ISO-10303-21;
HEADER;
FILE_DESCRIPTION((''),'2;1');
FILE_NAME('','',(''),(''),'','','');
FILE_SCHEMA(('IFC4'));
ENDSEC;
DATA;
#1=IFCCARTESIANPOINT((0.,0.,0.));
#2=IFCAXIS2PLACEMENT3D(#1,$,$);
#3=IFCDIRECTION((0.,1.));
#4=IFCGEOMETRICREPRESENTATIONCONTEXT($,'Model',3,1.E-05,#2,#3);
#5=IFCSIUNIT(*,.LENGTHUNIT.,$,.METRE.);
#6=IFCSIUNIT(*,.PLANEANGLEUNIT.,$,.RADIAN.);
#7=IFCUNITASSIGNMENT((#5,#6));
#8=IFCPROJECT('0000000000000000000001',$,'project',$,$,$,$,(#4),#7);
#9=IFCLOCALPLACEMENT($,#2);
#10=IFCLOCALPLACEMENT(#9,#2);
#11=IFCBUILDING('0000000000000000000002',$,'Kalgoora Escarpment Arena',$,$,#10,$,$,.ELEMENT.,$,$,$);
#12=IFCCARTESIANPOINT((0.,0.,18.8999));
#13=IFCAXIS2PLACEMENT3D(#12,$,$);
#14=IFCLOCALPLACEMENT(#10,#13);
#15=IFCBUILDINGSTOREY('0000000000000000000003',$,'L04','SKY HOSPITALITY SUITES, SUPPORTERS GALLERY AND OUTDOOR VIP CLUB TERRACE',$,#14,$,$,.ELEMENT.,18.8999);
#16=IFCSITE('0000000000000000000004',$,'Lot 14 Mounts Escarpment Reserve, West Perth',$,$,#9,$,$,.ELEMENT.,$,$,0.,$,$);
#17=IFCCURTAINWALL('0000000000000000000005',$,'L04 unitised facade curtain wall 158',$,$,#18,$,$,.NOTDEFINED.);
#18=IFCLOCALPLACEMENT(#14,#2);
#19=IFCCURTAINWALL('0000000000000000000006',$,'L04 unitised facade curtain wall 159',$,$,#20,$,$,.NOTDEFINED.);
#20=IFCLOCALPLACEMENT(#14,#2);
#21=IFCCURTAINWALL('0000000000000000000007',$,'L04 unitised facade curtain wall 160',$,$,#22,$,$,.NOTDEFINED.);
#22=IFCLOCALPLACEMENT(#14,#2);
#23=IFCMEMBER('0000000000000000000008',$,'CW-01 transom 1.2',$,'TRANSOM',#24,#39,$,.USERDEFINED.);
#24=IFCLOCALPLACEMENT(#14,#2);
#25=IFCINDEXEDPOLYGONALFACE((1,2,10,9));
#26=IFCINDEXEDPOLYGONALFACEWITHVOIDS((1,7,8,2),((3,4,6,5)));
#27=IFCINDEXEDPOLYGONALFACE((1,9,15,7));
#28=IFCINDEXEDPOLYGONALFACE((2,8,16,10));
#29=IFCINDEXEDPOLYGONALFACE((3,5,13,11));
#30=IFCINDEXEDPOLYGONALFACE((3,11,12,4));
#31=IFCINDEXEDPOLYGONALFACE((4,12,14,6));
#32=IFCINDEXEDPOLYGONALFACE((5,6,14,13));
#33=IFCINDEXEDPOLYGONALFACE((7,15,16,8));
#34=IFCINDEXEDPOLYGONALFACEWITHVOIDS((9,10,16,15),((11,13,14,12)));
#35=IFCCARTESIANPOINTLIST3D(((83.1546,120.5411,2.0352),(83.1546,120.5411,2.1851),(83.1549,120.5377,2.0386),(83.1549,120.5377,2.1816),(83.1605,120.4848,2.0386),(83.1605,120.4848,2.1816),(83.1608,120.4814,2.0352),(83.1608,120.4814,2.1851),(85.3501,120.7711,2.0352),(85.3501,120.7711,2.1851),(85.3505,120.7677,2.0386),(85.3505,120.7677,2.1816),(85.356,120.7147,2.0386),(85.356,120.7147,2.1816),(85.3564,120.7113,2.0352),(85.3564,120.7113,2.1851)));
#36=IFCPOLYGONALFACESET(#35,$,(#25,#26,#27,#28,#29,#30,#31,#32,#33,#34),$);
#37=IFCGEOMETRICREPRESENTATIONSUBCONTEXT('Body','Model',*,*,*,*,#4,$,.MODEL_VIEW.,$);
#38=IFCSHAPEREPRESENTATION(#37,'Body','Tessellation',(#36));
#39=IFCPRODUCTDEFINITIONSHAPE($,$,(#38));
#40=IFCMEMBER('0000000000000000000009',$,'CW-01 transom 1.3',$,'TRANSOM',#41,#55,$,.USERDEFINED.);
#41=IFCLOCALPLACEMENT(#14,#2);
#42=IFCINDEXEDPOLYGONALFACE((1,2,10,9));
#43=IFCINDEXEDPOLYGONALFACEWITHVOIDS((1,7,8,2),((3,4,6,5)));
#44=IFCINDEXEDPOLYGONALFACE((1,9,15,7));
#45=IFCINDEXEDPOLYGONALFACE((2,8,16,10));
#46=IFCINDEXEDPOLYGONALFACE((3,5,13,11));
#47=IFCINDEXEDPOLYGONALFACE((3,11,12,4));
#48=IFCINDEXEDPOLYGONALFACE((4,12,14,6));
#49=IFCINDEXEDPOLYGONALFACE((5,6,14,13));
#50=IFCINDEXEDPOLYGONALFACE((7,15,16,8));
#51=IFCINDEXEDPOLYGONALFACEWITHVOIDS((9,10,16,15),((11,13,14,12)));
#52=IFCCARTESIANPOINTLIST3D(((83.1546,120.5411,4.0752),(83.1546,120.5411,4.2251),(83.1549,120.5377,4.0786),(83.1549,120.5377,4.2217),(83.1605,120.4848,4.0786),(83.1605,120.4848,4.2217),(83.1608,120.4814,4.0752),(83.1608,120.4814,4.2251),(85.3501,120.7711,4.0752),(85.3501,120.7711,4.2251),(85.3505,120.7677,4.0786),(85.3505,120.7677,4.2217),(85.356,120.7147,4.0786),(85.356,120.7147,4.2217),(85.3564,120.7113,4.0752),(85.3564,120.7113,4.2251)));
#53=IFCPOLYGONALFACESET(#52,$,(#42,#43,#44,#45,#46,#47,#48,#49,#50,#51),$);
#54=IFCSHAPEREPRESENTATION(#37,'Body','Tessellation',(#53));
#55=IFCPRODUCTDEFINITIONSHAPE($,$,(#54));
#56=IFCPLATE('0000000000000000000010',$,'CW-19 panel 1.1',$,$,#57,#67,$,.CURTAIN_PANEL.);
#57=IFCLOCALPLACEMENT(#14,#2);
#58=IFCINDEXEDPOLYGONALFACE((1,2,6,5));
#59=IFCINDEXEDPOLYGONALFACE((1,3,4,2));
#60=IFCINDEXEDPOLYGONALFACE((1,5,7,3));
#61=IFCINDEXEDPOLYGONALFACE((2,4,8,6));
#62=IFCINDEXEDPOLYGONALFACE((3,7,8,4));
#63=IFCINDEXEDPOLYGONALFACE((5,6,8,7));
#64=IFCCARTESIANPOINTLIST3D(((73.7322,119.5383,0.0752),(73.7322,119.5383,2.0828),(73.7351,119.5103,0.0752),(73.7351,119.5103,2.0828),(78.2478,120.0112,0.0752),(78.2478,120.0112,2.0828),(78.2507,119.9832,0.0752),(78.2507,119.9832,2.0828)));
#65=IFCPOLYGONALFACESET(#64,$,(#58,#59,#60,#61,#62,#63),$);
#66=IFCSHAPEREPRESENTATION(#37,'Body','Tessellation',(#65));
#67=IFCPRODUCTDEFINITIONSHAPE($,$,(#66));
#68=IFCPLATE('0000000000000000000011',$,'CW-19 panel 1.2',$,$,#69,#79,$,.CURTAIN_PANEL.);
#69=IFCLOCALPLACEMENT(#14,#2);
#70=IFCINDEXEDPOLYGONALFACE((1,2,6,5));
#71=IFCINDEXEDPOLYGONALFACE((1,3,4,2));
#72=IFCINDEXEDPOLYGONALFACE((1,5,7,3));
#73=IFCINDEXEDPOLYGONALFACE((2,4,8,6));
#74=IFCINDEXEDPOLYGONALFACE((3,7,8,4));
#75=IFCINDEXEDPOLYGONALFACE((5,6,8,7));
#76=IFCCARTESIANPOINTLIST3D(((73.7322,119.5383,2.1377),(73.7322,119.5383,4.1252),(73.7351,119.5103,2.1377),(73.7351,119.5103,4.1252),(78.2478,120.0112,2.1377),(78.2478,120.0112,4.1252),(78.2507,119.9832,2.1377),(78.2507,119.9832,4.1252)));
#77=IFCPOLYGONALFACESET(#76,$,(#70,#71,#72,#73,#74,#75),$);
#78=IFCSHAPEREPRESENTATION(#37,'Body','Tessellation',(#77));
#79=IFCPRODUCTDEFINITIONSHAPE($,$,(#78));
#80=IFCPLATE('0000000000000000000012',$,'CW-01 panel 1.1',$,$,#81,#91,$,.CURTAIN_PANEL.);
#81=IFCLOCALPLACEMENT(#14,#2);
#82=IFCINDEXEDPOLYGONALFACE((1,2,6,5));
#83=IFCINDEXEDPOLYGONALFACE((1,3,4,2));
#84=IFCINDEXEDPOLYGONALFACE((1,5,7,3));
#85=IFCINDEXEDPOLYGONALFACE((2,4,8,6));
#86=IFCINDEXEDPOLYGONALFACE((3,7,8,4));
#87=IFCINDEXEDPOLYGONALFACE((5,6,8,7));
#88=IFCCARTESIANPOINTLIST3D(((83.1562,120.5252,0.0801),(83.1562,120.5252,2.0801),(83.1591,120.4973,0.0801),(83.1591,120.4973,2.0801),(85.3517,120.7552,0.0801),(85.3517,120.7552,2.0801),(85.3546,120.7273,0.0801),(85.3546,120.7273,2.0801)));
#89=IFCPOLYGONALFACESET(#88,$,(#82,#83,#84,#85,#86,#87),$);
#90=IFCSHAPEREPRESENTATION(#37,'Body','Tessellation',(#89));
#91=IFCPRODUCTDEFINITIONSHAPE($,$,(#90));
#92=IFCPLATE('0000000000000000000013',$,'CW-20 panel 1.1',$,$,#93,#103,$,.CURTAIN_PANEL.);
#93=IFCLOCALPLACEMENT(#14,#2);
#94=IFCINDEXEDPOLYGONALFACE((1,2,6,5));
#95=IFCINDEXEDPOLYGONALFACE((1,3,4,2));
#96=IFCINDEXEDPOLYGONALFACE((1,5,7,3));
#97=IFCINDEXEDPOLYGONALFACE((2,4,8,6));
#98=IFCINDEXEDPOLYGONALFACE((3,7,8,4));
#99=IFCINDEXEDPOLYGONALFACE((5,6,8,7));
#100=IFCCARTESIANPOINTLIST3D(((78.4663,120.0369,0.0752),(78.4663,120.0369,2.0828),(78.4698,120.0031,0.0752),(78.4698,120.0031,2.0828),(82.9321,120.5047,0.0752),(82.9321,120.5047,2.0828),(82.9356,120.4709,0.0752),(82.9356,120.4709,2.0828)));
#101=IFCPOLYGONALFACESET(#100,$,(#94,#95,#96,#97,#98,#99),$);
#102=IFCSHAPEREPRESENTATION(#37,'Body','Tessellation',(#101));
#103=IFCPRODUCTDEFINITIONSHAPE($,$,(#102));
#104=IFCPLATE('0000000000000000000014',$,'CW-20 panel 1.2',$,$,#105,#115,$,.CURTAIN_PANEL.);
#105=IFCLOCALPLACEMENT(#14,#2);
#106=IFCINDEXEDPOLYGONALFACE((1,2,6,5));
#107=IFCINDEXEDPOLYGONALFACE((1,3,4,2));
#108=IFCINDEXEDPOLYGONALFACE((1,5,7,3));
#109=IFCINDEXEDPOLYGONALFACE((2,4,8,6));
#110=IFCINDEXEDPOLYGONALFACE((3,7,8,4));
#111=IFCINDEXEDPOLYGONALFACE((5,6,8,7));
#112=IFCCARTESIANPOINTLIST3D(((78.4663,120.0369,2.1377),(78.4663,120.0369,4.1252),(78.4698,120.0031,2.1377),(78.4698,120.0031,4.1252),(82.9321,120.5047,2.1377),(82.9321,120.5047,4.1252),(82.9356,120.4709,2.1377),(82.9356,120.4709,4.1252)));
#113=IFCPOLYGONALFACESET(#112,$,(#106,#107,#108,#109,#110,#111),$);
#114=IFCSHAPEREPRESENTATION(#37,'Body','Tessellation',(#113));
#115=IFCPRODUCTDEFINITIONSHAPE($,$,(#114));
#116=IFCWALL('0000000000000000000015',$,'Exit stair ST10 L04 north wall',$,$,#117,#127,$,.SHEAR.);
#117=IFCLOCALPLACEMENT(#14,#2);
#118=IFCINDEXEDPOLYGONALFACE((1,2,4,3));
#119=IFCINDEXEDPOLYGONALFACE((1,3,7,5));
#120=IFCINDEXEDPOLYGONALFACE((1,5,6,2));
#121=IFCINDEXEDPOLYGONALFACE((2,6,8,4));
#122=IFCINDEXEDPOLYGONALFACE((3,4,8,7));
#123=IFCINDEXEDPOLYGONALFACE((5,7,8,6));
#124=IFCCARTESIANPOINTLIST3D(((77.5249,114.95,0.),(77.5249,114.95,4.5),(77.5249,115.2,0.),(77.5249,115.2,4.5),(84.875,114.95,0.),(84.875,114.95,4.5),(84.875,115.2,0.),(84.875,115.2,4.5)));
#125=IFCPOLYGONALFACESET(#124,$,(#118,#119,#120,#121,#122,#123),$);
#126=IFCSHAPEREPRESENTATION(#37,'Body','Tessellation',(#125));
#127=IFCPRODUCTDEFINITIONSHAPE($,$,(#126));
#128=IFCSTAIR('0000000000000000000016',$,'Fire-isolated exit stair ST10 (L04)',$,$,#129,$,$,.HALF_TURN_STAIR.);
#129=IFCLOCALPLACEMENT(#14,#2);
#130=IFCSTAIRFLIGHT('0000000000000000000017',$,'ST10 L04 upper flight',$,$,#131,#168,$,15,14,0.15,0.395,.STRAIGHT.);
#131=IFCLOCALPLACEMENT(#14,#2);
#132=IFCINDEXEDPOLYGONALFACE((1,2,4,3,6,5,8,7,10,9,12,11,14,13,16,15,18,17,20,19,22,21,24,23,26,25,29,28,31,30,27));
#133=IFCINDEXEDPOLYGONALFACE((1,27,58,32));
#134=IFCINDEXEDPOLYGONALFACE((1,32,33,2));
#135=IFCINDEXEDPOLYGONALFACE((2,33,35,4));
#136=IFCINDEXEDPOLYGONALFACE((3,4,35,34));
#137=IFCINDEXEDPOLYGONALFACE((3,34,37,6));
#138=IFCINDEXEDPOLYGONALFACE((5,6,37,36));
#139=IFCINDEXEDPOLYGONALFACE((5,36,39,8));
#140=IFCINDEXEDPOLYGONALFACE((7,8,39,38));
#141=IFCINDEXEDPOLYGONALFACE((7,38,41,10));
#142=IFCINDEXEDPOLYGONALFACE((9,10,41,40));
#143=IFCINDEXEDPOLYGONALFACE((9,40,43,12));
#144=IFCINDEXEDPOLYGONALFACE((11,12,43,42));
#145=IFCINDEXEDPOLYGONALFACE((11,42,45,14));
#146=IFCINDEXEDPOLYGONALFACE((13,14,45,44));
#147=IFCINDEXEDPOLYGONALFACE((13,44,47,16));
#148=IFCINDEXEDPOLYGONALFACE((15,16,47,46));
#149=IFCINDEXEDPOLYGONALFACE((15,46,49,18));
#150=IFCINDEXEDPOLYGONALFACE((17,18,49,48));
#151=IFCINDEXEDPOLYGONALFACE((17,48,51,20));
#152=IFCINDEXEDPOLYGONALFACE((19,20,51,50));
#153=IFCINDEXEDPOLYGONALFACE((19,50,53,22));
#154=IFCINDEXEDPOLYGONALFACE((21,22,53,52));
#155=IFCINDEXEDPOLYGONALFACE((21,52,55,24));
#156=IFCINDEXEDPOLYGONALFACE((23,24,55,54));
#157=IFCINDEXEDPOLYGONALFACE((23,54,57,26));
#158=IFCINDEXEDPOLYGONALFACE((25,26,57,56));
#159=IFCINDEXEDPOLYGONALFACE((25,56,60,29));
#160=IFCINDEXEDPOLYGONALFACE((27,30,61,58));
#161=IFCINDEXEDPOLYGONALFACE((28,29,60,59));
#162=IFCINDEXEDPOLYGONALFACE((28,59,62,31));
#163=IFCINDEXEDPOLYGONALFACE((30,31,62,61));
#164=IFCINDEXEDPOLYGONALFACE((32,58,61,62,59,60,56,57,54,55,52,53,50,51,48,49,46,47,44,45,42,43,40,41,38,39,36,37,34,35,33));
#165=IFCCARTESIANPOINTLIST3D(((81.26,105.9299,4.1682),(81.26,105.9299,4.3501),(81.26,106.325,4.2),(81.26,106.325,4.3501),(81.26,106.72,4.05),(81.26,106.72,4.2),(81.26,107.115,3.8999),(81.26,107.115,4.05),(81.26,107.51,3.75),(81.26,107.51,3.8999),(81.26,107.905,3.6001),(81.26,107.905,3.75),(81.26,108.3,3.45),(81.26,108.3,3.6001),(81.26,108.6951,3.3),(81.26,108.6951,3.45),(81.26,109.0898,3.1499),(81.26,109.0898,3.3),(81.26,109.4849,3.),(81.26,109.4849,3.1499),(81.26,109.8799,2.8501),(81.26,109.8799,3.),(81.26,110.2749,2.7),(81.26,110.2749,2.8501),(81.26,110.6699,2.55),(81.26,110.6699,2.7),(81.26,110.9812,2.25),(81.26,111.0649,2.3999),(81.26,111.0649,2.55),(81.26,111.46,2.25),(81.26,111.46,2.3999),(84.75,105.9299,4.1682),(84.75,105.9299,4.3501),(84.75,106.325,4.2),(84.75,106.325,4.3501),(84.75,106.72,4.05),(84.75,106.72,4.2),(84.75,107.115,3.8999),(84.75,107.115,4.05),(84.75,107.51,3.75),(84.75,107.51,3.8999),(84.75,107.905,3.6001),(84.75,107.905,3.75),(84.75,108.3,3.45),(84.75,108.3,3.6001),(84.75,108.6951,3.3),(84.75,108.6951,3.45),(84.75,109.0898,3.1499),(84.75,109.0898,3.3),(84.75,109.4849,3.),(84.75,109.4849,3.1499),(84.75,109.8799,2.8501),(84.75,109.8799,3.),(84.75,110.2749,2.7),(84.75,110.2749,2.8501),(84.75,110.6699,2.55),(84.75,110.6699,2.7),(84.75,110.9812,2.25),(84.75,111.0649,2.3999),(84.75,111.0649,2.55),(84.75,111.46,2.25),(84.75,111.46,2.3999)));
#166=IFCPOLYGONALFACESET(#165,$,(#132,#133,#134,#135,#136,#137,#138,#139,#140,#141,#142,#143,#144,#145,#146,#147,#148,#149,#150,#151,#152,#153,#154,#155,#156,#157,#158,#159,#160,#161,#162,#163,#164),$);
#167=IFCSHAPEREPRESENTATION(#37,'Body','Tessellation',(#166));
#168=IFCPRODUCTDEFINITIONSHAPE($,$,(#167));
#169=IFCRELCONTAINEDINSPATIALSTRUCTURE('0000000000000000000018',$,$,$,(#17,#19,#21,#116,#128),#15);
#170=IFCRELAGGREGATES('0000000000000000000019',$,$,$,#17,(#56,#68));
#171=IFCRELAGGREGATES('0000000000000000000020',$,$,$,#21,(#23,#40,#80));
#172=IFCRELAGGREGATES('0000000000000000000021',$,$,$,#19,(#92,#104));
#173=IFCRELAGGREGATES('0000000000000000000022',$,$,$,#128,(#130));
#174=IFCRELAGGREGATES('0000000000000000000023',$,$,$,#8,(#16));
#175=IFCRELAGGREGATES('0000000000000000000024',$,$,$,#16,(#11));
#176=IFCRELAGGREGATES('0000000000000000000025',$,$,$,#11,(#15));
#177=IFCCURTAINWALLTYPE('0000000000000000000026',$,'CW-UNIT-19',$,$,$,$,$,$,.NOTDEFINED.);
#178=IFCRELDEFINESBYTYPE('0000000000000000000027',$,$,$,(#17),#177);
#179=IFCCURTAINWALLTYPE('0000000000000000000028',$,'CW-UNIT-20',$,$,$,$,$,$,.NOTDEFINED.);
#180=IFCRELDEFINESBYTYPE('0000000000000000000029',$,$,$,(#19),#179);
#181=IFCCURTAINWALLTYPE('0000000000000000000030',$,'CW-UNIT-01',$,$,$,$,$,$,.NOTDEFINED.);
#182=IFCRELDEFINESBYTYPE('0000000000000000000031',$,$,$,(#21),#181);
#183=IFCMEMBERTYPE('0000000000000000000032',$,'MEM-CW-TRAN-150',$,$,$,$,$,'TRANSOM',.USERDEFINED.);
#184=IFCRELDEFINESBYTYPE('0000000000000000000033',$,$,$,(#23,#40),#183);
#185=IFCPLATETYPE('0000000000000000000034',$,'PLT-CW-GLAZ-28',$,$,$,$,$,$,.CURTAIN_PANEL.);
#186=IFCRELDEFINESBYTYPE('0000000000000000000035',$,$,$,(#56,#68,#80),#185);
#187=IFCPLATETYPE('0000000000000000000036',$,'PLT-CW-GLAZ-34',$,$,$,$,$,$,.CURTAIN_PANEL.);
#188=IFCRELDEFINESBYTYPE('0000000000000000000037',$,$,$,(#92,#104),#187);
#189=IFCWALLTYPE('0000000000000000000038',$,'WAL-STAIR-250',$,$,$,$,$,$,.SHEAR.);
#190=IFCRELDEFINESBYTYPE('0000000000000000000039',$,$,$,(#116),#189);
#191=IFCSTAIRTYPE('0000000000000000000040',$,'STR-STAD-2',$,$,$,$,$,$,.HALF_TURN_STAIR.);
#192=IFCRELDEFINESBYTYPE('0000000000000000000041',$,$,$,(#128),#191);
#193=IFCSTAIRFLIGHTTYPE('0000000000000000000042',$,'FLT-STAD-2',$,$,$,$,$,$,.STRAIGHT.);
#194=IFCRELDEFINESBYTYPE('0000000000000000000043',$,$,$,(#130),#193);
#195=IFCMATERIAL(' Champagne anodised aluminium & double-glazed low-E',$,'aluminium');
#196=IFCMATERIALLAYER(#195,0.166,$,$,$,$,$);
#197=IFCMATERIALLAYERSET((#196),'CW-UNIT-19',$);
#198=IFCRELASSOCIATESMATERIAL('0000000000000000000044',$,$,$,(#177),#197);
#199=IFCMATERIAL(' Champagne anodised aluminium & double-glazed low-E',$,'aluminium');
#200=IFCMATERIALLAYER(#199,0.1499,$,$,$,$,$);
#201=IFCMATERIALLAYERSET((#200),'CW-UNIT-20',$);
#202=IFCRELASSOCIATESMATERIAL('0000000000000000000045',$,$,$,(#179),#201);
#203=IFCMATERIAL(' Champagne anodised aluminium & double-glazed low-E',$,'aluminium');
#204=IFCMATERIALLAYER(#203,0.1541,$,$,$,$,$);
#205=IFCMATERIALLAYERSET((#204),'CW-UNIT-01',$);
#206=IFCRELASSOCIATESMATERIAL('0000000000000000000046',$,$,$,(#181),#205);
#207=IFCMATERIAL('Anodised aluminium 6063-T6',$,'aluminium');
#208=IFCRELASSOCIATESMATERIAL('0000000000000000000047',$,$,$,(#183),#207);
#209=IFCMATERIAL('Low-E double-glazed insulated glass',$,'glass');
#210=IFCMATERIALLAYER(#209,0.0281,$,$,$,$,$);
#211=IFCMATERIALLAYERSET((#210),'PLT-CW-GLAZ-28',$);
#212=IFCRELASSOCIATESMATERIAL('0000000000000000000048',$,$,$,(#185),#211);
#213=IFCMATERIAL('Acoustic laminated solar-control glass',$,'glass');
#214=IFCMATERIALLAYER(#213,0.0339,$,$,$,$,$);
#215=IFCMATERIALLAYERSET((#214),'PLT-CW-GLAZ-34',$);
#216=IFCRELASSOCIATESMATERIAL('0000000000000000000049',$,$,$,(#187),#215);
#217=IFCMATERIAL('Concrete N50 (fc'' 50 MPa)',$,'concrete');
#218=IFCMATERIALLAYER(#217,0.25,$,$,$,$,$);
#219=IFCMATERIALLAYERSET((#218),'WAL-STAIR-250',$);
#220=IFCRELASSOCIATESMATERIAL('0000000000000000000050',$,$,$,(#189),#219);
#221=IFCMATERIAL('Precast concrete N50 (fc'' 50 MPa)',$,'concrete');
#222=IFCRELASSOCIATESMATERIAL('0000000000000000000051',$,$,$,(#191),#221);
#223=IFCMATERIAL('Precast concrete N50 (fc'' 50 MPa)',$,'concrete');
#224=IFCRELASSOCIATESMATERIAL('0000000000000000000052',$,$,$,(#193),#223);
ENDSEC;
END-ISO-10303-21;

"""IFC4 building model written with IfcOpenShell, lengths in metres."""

from ifc_helpers import new_model, si_unit, direction, frame, frame_2d, origin, origin_2d, place, context, subcontext, project, spatial, polyline, rectangle, hollow_rectangle, outline, extrude, material, layer, layer_set, material_profile, profile_set, type_object, element, aggregate, save


model = new_model("IFC4")

# Units and contexts
model_context = context("Model", 3, precision=1e-05, world=origin(), true_north=direction((0.0, 1.0)))
body_context = subcontext(model_context, "Body", "Model", "MODEL_VIEW")
ifc_project = project(units=[si_unit("LENGTHUNIT", "METRE"), si_unit("PLANEANGLEUNIT", "RADIAN")], contexts=[model_context])

# Site, building, storey
site_placement = place(None, origin())
site = spatial("IfcSite", under=ifc_project, at=site_placement, Name="Lot 14 Mounts Escarpment Reserve, West Perth", CompositionType="ELEMENT", RefElevation=0.0)
building_placement = place(site_placement, origin())
building = spatial("IfcBuilding", under=site, at=building_placement, Name="Kalgoora Escarpment Arena", CompositionType="ELEMENT")
storey_placement = place(building_placement, frame((0.0, 0.0, 18.8999)))
storey = spatial("IfcBuildingStorey", under=building, at=storey_placement, Name="L04", Description="SKY HOSPITALITY SUITES, SUPPORTERS GALLERY AND OUTDOOR VIP CLUB TERRACE", CompositionType="ELEMENT", Elevation=18.8999)

# Curtain wall
ifc_material_1 = material(Name=" Champagne anodised aluminium & double-glazed low-E", Category="aluminium")
ifc_layer_1 = layer(ifc_material_1, 0.166)
ifc_layer_set_1 = layer_set([ifc_layer_1], Name="CW-UNIT-19")
curtain_wall_type_1 = type_object("IfcCurtainWallType", Name="CW-UNIT-19", PredefinedType="NOTDEFINED", material=ifc_layer_set_1)
curtain_wall_1_placement = place(storey_placement, origin())
curtain_wall_1 = element("IfcCurtainWall", 1, at=curtain_wall_1_placement, inside=storey, type_object=curtain_wall_type_1, Name="L04 unitised facade curtain wall 158", PredefinedType="NOTDEFINED")

# Curtain wall
ifc_material_2 = material(Name=" Champagne anodised aluminium & double-glazed low-E", Category="aluminium")
ifc_layer_2 = layer(ifc_material_2, 0.1499)
ifc_layer_set_2 = layer_set([ifc_layer_2], Name="CW-UNIT-20")
curtain_wall_type_2 = type_object("IfcCurtainWallType", Name="CW-UNIT-20", PredefinedType="NOTDEFINED", material=ifc_layer_set_2)
curtain_wall_2_placement = place(storey_placement, origin())
curtain_wall_2 = element("IfcCurtainWall", 2, at=curtain_wall_2_placement, inside=storey, type_object=curtain_wall_type_2, Name="L04 unitised facade curtain wall 159", PredefinedType="NOTDEFINED")

# Curtain wall
ifc_material_3 = material(Name=" Champagne anodised aluminium & double-glazed low-E", Category="aluminium")
ifc_layer_3 = layer(ifc_material_3, 0.1541)
ifc_layer_set_3 = layer_set([ifc_layer_3], Name="CW-UNIT-01")
curtain_wall_type_3 = type_object("IfcCurtainWallType", Name="CW-UNIT-01", PredefinedType="NOTDEFINED", material=ifc_layer_set_3)
curtain_wall_3_placement = place(storey_placement, origin())
curtain_wall_3 = element("IfcCurtainWall", 3, at=curtain_wall_3_placement, inside=storey, type_object=curtain_wall_type_3, Name="L04 unitised facade curtain wall 160", PredefinedType="NOTDEFINED")

# Members
ifc_material_4 = material(Name="Anodised aluminium 6063-T6", Category="aluminium")
ifc_material_profile_1 = material_profile(ifc_material_4, hollow_rectangle(XDim=0.0601, YDim=0.1499, WallThickness=0.0034, at=origin_2d()))
ifc_profile_set_1 = profile_set([ifc_material_profile_1], Name="Anodised aluminium 6063-T6")
member_type_1 = type_object("IfcMemberType", Name="MEM-CW-TRAN-150", ElementType="TRANSOM", PredefinedType="USERDEFINED", material=ifc_profile_set_1)
member_1_placement = place(storey_placement, frame((83.1577, 120.5112, 2.1101), z_axis=(0.994559, 0.104178, 0.0), x_axis=(-0.104178, 0.994559, 0.0)))
member_1 = element("IfcMember", 4, at=member_1_placement, type_object=member_type_1, Name="CW-01 transom 1.2", ObjectType="TRANSOM", PredefinedType="USERDEFINED", context=body_context, shape_type="SweptSolid", body=[
    extrude(hollow_rectangle(XDim=0.0601, YDim=0.1499, WallThickness=0.0034, at=origin_2d()), origin(), (0.0, 0.0, 1.0), 2.2075),
])
member_2_placement = place(storey_placement, frame((83.1577, 120.5112, 4.1501), z_axis=(0.994559, 0.104178, 0.0), x_axis=(-0.104178, 0.994559, 0.0)))
member_2 = element("IfcMember", 5, at=member_2_placement, type_object=member_type_1, Name="CW-01 transom 1.3", ObjectType="TRANSOM", PredefinedType="USERDEFINED", context=body_context, shape_type="SweptSolid", body=[
    extrude(hollow_rectangle(XDim=0.0601, YDim=0.1499, WallThickness=0.0034, at=origin_2d()), origin(), (0.0, 0.0, 1.0), 2.2075),
])

# Plates
ifc_material_5 = material(Name="Low-E double-glazed insulated glass", Category="glass")
ifc_layer_4 = layer(ifc_material_5, 0.0281)
ifc_layer_set_4 = layer_set([ifc_layer_4], Name="PLT-CW-GLAZ-28")
plate_type_1 = type_object("IfcPlateType", Name="PLT-CW-GLAZ-28", PredefinedType="CURTAIN_PANEL", material=ifc_layer_set_4)
plate_1_placement = place(storey_placement, frame((75.9915, 119.7607, 0.0752), z_axis=(0.0, 0.0, 1.0), x_axis=(0.994561, 0.104158, 0.0)))
plate_1 = element("IfcPlate", 6, at=plate_1_placement, type_object=plate_type_1, Name="CW-19 panel 1.1", PredefinedType="CURTAIN_PANEL", context=body_context, shape_type="SweptSolid", body=[
    extrude(rectangle(XDim=4.5403, YDim=0.0281, at=origin_2d()), origin(), (0.0, 0.0, 1.0), 2.0076),
])
plate_2_placement = place(storey_placement, frame((75.9915, 119.7607, 2.1377), z_axis=(0.0, 0.0, 1.0), x_axis=(0.994561, 0.104158, 0.0)))
plate_2 = element("IfcPlate", 7, at=plate_2_placement, type_object=plate_type_1, Name="CW-19 panel 1.2", PredefinedType="CURTAIN_PANEL", context=body_context, shape_type="SweptSolid", body=[
    extrude(rectangle(XDim=4.5403, YDim=0.0281, at=origin_2d()), origin(), (0.0, 0.0, 1.0), 1.9875),
])
aggregate(curtain_wall_1, [plate_1, plate_2])
plate_3_placement = place(storey_placement, frame((84.2554, 120.6262, 0.0801), z_axis=(0.0, 0.0, 1.0), x_axis=(0.994558, 0.104182, 0.0)))
plate_3 = element("IfcPlate", 8, at=plate_3_placement, type_object=plate_type_1, Name="CW-01 panel 1.1", PredefinedType="CURTAIN_PANEL", context=body_context, shape_type="SweptSolid", body=[
    extrude(rectangle(XDim=2.2075, YDim=0.0281, at=origin_2d()), origin(), (0.0, 0.0, 1.0), 2.0),
])
aggregate(curtain_wall_3, [member_1, member_2, plate_3])
ifc_material_6 = material(Name="Acoustic laminated solar-control glass", Category="glass")
ifc_layer_5 = layer(ifc_material_6, 0.0339)
ifc_layer_set_5 = layer_set([ifc_layer_5], Name="PLT-CW-GLAZ-34")
plate_type_2 = type_object("IfcPlateType", Name="PLT-CW-GLAZ-34", PredefinedType="CURTAIN_PANEL", material=ifc_layer_set_5)
plate_4_placement = place(storey_placement, frame((80.7009, 120.2539, 0.0752), z_axis=(0.0, 0.0, 1.0), x_axis=(0.994558, 0.104182, 0.0)))
plate_4 = element("IfcPlate", 9, at=plate_4_placement, type_object=plate_type_2, Name="CW-20 panel 1.1", PredefinedType="CURTAIN_PANEL", context=body_context, shape_type="SweptSolid", body=[
    extrude(rectangle(XDim=4.4902, YDim=0.0339, at=origin_2d()), origin(), (0.0, 0.0, 1.0), 2.0076),
])
plate_5_placement = place(storey_placement, frame((80.7009, 120.2539, 2.1377), z_axis=(0.0, 0.0, 1.0), x_axis=(0.994558, 0.104182, 0.0)))
plate_5 = element("IfcPlate", 10, at=plate_5_placement, type_object=plate_type_2, Name="CW-20 panel 1.2", PredefinedType="CURTAIN_PANEL", context=body_context, shape_type="SweptSolid", body=[
    extrude(rectangle(XDim=4.4902, YDim=0.0339, at=origin_2d()), origin(), (0.0, 0.0, 1.0), 1.9875),
])
aggregate(curtain_wall_2, [plate_4, plate_5])

# Wall
ifc_material_7 = material(Name="Concrete N50 (fc' 50 MPa)", Category="concrete")
ifc_layer_6 = layer(ifc_material_7, 0.25)
ifc_layer_set_6 = layer_set([ifc_layer_6], Name="WAL-STAIR-250")
wall_type = type_object("IfcWallType", Name="WAL-STAIR-250", PredefinedType="SHEAR", material=ifc_layer_set_6)
wall_placement = place(storey_placement, frame((77.5249, 115.075, 0.0), z_axis=(0.0, 0.0, 1.0), x_axis=(1.0, 0.0, 0.0)))
element("IfcWall", 11, at=wall_placement, inside=storey, type_object=wall_type, Name="Exit stair ST10 L04 north wall", PredefinedType="SHEAR", context=body_context, shape_type="SweptSolid", body=[
    extrude(rectangle(XDim=7.3501, YDim=0.25, at=frame_2d((3.675, 0.0))), origin(), (0.0, 0.0, 1.0), 4.5),
])

# Stair, stair flight
ifc_material_8 = material(Name="Precast concrete N50 (fc' 50 MPa)", Category="concrete")
stair_type = type_object("IfcStairType", Name="STR-STAD-2", PredefinedType="HALF_TURN_STAIR", material=ifc_material_8)
stair_placement = place(storey_placement, origin())
stair = element("IfcStair", 12, at=stair_placement, inside=storey, type_object=stair_type, Name="Fire-isolated exit stair ST10 (L04)", PredefinedType="HALF_TURN_STAIR")
ifc_material_9 = material(Name="Precast concrete N50 (fc' 50 MPa)", Category="concrete")
stair_flight_type = type_object("IfcStairFlightType", Name="FLT-STAD-2", PredefinedType="STRAIGHT", material=ifc_material_9)
stair_flight_placement = place(storey_placement, frame((83.0049, 111.46, 2.25), z_axis=(0.0, 0.0, 1.0), x_axis=(0.0, -1.0, 0.0)))
stair_flight = element("IfcStairFlight", 13, at=stair_flight_placement, type_object=stair_flight_type, Name="ST10 L04 upper flight", NumberOfRisers=15, NumberOfTreads=14, PredefinedType="STRAIGHT", RiserHeight=0.15, TreadLength=0.395, context=body_context, shape_type="SweptSolid", body=[
    extrude(outline(polyline([(0.0, 0.0), (0.0, 0.1499), (0.395, 0.1499), (0.395, 0.3), (0.79, 0.3), (0.79, 0.45), (1.1851, 0.45), (1.1851, 0.6001), (1.5801, 0.6001), (1.5801, 0.75), (1.9751, 0.75), (1.9751, 0.8999), (2.3701, 0.8999), (2.3701, 1.05), (2.7649, 1.05), (2.7649, 1.2), (3.1599, 1.2), (3.1599, 1.3501), (3.5549, 1.3501), (3.5549, 1.5), (3.95, 1.5), (3.95, 1.6499), (4.345, 1.6499), (4.345, 1.8), (4.74, 1.8), (4.74, 1.95), (5.135, 1.95), (5.135, 2.1001), (5.53, 2.1001), (5.53, 2.25), (5.53, 1.9182), (0.4788, 0.0), (0.0, 0.0)])), frame((0.0, 1.7451, 0.0), z_axis=(0.0, -1.0, 0.0), x_axis=(1.0, 0.0, 0.0)), (0.0, 0.0, 1.0), 3.49),
])
aggregate(stair, [stair_flight])

save(model, "model.ifc")
